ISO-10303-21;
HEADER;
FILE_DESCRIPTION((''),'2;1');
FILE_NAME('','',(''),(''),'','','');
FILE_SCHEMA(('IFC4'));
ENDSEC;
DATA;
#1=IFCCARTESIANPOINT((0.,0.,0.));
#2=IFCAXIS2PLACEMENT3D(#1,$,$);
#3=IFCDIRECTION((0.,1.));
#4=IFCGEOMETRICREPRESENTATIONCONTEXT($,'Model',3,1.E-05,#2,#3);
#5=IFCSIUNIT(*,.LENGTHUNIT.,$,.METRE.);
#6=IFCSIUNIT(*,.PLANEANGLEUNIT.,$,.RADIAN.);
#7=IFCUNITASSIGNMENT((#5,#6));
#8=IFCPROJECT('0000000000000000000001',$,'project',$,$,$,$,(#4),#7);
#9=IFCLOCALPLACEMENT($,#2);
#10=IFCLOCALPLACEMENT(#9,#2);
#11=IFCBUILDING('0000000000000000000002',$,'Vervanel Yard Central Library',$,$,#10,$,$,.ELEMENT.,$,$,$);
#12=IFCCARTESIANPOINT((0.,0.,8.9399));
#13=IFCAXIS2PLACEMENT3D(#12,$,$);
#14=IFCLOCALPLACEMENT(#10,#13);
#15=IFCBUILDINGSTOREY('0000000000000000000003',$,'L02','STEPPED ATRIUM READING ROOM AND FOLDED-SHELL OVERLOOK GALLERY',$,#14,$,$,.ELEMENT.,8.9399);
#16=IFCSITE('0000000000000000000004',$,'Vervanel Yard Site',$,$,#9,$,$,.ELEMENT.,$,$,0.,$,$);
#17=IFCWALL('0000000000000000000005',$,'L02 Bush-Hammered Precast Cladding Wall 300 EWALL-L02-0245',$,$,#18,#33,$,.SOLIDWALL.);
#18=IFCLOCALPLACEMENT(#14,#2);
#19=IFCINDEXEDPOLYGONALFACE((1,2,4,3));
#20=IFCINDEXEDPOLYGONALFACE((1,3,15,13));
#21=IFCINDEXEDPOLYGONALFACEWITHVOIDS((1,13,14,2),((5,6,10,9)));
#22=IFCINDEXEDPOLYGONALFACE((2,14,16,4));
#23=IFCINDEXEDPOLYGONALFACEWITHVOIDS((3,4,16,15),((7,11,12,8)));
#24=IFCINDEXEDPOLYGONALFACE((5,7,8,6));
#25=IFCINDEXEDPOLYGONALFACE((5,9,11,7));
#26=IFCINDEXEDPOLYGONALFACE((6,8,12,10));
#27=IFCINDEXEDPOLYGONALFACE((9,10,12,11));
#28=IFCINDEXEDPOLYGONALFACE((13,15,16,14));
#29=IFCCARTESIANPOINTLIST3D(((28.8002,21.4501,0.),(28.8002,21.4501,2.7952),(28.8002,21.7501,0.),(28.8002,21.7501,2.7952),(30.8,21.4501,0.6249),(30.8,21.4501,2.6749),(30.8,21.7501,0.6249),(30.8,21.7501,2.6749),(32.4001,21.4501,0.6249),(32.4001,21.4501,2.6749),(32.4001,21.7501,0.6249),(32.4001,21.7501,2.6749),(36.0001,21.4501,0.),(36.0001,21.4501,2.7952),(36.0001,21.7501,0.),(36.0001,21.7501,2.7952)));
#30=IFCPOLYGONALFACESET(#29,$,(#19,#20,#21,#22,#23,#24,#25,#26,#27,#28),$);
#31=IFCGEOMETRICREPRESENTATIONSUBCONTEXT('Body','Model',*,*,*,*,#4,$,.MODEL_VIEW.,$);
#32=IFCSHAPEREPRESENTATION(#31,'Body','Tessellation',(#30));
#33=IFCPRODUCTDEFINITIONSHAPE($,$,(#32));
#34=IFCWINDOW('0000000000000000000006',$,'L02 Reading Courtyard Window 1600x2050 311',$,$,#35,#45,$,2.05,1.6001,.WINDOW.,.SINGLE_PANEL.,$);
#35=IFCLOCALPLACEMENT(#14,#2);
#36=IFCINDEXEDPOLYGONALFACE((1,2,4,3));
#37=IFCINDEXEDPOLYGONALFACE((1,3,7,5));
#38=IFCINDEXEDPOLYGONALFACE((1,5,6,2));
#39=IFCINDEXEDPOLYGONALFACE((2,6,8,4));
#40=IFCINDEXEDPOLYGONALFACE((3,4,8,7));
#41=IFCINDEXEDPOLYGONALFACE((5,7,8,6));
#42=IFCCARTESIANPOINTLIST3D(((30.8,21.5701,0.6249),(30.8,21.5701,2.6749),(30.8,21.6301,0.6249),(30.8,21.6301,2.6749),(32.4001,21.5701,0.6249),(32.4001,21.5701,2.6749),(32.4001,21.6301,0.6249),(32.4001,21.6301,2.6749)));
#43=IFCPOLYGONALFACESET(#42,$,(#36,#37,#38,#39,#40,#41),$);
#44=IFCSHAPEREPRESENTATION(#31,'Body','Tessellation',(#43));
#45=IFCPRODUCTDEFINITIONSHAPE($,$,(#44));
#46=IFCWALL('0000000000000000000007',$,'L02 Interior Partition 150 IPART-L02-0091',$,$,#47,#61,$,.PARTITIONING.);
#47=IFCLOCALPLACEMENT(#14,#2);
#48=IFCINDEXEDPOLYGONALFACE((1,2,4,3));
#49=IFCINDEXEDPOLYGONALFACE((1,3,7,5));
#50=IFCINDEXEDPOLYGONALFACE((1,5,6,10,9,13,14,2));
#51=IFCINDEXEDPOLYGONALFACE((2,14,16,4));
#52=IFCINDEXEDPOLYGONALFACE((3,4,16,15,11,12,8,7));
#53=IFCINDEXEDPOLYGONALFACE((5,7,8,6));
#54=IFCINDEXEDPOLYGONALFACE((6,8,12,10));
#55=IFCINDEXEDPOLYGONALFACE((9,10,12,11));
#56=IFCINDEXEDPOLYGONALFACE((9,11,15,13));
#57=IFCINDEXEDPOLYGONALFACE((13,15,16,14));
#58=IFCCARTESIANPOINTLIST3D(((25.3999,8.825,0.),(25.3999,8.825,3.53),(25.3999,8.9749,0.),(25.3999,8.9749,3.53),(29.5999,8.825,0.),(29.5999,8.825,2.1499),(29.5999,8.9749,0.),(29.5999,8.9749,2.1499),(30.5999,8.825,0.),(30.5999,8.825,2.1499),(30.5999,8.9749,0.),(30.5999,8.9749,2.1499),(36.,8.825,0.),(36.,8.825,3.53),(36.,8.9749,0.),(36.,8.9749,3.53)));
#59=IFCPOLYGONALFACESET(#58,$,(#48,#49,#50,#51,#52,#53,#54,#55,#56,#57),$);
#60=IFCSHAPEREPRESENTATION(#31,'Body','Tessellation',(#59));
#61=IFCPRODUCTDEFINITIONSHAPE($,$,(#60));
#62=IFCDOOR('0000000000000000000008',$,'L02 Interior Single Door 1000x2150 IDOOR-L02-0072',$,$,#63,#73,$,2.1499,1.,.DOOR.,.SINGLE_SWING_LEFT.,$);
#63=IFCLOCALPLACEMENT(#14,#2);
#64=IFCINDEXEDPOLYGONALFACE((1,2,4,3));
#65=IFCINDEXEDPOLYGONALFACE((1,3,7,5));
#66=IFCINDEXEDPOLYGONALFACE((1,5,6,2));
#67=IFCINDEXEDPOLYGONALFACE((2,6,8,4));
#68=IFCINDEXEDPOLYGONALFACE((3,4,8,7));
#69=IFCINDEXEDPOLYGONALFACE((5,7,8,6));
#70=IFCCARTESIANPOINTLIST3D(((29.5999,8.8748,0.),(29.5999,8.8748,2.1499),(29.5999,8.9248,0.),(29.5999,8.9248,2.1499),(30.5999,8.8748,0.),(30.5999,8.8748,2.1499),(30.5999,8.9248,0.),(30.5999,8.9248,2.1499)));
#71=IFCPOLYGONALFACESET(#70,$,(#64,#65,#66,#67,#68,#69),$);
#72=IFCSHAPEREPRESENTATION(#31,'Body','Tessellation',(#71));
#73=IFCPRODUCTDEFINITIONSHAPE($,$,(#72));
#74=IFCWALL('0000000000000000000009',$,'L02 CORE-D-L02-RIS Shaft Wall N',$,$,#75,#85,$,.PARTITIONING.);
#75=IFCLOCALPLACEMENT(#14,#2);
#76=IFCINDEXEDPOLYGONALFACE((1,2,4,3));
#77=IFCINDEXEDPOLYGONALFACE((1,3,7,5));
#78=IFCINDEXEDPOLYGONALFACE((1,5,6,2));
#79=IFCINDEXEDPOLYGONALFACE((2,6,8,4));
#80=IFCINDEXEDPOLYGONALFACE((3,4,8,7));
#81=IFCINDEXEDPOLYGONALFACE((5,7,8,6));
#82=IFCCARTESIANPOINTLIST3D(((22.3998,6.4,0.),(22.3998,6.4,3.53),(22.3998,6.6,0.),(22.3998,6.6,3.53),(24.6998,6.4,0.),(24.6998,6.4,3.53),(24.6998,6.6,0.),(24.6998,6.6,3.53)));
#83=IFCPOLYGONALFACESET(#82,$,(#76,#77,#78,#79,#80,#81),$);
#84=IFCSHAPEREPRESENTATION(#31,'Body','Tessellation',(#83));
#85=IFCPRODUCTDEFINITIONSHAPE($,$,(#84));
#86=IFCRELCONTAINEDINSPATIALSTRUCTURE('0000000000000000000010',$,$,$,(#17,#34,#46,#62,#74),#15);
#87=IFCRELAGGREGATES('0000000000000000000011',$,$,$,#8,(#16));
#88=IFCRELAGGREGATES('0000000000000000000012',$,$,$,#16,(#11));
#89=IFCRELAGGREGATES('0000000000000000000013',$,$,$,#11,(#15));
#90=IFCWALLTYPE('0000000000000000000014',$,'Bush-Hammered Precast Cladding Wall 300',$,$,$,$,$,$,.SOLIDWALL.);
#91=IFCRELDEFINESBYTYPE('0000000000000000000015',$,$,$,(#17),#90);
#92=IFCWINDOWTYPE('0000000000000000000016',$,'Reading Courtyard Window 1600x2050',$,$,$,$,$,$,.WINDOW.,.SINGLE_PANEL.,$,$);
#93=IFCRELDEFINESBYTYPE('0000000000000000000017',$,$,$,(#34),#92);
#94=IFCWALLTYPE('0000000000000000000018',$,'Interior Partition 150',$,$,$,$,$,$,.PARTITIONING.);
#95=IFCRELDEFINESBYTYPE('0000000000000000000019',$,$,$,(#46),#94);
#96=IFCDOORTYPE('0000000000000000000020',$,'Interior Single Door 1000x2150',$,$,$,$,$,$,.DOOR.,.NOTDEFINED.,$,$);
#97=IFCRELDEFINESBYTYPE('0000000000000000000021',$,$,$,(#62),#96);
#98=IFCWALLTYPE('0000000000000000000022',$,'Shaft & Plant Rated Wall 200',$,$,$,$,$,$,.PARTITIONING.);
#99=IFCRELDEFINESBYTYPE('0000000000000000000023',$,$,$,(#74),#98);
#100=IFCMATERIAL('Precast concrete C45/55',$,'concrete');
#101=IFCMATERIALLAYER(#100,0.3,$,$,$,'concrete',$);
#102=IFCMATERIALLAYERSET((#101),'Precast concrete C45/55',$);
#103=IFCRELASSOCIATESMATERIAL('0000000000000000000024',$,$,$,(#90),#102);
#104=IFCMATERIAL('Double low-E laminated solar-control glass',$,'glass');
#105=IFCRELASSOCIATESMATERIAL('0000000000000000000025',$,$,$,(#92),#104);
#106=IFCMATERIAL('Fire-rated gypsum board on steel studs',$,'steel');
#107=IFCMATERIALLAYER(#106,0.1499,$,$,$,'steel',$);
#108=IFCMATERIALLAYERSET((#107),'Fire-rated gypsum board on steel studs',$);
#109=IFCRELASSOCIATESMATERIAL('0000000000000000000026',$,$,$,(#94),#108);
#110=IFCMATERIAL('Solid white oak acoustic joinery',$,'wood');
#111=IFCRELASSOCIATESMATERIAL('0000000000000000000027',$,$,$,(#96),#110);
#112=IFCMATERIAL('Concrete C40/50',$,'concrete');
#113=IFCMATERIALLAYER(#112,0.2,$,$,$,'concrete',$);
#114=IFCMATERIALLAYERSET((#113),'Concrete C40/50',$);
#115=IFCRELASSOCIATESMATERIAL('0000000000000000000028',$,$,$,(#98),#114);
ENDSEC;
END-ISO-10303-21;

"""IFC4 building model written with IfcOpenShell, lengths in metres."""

from ifc_helpers import new_model, si_unit, direction, frame, frame_2d, origin, place, context, subcontext, project, spatial, rectangle, extrude, material, layer, layer_set, type_object, element, fill, save


model = new_model("IFC4")

# Units and contexts
model_context = context("Model", 3, precision=1e-05, world=origin(), true_north=direction((0.0, 1.0)))
body_context = subcontext(model_context, "Body", "Model", "MODEL_VIEW")
ifc_project = project(units=[si_unit("LENGTHUNIT", "METRE"), si_unit("PLANEANGLEUNIT", "RADIAN")], contexts=[model_context])

# Site, building, storey
site_placement = place(None, origin())
site = spatial("IfcSite", under=ifc_project, at=site_placement, Name="Vervanel Yard Site", CompositionType="ELEMENT", RefElevation=0.0)
building_placement = place(site_placement, origin())
building = spatial("IfcBuilding", under=site, at=building_placement, Name="Vervanel Yard Central Library", CompositionType="ELEMENT")
storey_placement = place(building_placement, frame((0.0, 0.0, 8.9399)))
storey = spatial("IfcBuildingStorey", under=building, at=storey_placement, Name="L02", Description="STEPPED ATRIUM READING ROOM AND FOLDED-SHELL OVERLOOK GALLERY", CompositionType="ELEMENT", Elevation=8.9399)

# Shared definitions
ifc_material_1 = material(Name="Concrete C40/50", Category="concrete")

# Shared definitions
ifc_material_2 = material(Name="Double low-E laminated solar-control glass", Category="glass")

# Wall, opening, window
ifc_material_3 = material(Name="Precast concrete C45/55", Category="concrete")
ifc_layer_1 = layer(ifc_material_3, 0.3, Category="concrete")
ifc_layer_set_1 = layer_set([ifc_layer_1], Name="Precast concrete C45/55")
wall_type_1 = type_object("IfcWallType", Name="Bush-Hammered Precast Cladding Wall 300", PredefinedType="SOLIDWALL", material=ifc_layer_set_1)
window_type = type_object("IfcWindowType", Name="Reading Courtyard Window 1600x2050", PartitioningType="SINGLE_PANEL", PredefinedType="WINDOW", material=ifc_material_2)
wall_1_placement = place(storey_placement, frame((28.8, 21.6001, 0.0), z_axis=(0.0, 0.0, 1.0), x_axis=(1.0, 0.0, 0.0)))
wall_1 = element("IfcWall", 1, at=wall_1_placement, inside=storey, type_object=wall_type_1, Name="L02 Bush-Hammered Precast Cladding Wall 300 EWALL-L02-0245", PredefinedType="SOLIDWALL", context=body_context, shape_type="SweptSolid", body=[
    extrude(rectangle(XDim=7.2, YDim=0.3, at=frame_2d((3.6001, 0.0))), origin(), (0.0, 0.0, 1.0), 2.7952),
])
opening_1_placement = place(wall_1_placement, frame((2.0, 0.0, 0.625)))
opening_1 = element("IfcOpeningElement", 2, at=opening_1_placement, cuts=wall_1, PredefinedType="OPENING", context=body_context, shape_type="SweptSolid", body=[
    extrude(rectangle(XDim=1.6001, YDim=2.05, at=frame_2d((0.8, 1.0249))), frame((0.0, 0.1599, 0.0), z_axis=(0.0, -1.0, 0.0), x_axis=(1.0, 0.0, 0.0)), (0.0, 0.0, 1.0), 0.3201),
])
window_1_placement = place(opening_1_placement, origin())
window_1 = element("IfcWindow", 3, at=window_1_placement, inside=storey, type_object=window_type, Name="L02 Reading Courtyard Window 1600x2050 311", OverallHeight=2.05, OverallWidth=1.6001, PartitioningType="SINGLE_PANEL", PredefinedType="WINDOW", context=body_context, shape_type="SweptSolid", body=[
    extrude(rectangle(XDim=1.6001, YDim=2.05, at=frame_2d((0.8, 1.0249))), frame((0.0, 0.03, 0.0), z_axis=(0.0, -1.0, 0.0), x_axis=(1.0, 0.0, 0.0)), (0.0, 0.0, 1.0), 0.0601),
])
fill(opening_1, window_1)

# Wall, opening, door
ifc_material_4 = material(Name="Fire-rated gypsum board on steel studs", Category="steel")
ifc_layer_2 = layer(ifc_material_4, 0.1499, Category="steel")
ifc_layer_set_2 = layer_set([ifc_layer_2], Name="Fire-rated gypsum board on steel studs")
wall_type_2 = type_object("IfcWallType", Name="Interior Partition 150", PredefinedType="PARTITIONING", material=ifc_layer_set_2)
wall_2_placement = place(storey_placement, frame((25.3999, 8.8999, 0.0), z_axis=(0.0, 0.0, 1.0), x_axis=(1.0, 0.0, 0.0)))
wall_2 = element("IfcWall", 4, at=wall_2_placement, inside=storey, type_object=wall_type_2, Name="L02 Interior Partition 150 IPART-L02-0091", PredefinedType="PARTITIONING", context=body_context, shape_type="SweptSolid", body=[
    extrude(rectangle(XDim=10.6001, YDim=0.1499, at=frame_2d((5.3, 0.0))), origin(), (0.0, 0.0, 1.0), 3.53),
])
opening_2_placement = place(wall_2_placement, frame((4.2, 0.0, 0.0)))
opening_2 = element("IfcOpeningElement", 5, at=opening_2_placement, cuts=wall_2, PredefinedType="OPENING", context=body_context, shape_type="SweptSolid", body=[
    extrude(rectangle(XDim=1.0, YDim=2.1499, at=frame_2d((0.5, 1.075))), frame((0.0, 0.085, 0.0), z_axis=(0.0, -1.0, 0.0), x_axis=(1.0, 0.0, 0.0)), (0.0, 0.0, 1.0), 0.1699),
])
ifc_material_5 = material(Name="Solid white oak acoustic joinery", Category="wood")
door_type = type_object("IfcDoorType", Name="Interior Single Door 1000x2150", OperationType="NOTDEFINED", PredefinedType="DOOR", material=ifc_material_5)
door_placement = place(opening_2_placement, origin())
door = element("IfcDoor", 6, at=door_placement, inside=storey, type_object=door_type, Name="L02 Interior Single Door 1000x2150 IDOOR-L02-0072", OperationType="SINGLE_SWING_LEFT", OverallHeight=2.1499, OverallWidth=1.0, PredefinedType="DOOR", context=body_context, shape_type="SweptSolid", body=[
    extrude(rectangle(XDim=1.0, YDim=2.1499, at=frame_2d((0.5, 1.075))), frame((0.0, 0.0249, 0.0), z_axis=(0.0, -1.0, 0.0), x_axis=(1.0, 0.0, 0.0)), (0.0, 0.0, 1.0), 0.05),
])
fill(opening_2, door)

# Wall
ifc_layer_3 = layer(ifc_material_1, 0.2, Category="concrete")
ifc_layer_set_3 = layer_set([ifc_layer_3], Name="Concrete C40/50")
wall_type_3 = type_object("IfcWallType", Name="Shaft & Plant Rated Wall 200", PredefinedType="PARTITIONING", material=ifc_layer_set_3)
wall_3_placement = place(storey_placement, frame((22.3999, 6.5, 0.0), z_axis=(0.0, 0.0, 1.0), x_axis=(1.0, 0.0, 0.0)))
element("IfcWall", 7, at=wall_3_placement, inside=storey, type_object=wall_type_3, Name="L02 CORE-D-L02-RIS Shaft Wall N", PredefinedType="PARTITIONING", context=body_context, shape_type="SweptSolid", body=[
    extrude(rectangle(XDim=2.3, YDim=0.2, at=frame_2d((1.1499, 0.0))), origin(), (0.0, 0.0, 1.0), 3.53),
])

save(model, "model.ifc")
